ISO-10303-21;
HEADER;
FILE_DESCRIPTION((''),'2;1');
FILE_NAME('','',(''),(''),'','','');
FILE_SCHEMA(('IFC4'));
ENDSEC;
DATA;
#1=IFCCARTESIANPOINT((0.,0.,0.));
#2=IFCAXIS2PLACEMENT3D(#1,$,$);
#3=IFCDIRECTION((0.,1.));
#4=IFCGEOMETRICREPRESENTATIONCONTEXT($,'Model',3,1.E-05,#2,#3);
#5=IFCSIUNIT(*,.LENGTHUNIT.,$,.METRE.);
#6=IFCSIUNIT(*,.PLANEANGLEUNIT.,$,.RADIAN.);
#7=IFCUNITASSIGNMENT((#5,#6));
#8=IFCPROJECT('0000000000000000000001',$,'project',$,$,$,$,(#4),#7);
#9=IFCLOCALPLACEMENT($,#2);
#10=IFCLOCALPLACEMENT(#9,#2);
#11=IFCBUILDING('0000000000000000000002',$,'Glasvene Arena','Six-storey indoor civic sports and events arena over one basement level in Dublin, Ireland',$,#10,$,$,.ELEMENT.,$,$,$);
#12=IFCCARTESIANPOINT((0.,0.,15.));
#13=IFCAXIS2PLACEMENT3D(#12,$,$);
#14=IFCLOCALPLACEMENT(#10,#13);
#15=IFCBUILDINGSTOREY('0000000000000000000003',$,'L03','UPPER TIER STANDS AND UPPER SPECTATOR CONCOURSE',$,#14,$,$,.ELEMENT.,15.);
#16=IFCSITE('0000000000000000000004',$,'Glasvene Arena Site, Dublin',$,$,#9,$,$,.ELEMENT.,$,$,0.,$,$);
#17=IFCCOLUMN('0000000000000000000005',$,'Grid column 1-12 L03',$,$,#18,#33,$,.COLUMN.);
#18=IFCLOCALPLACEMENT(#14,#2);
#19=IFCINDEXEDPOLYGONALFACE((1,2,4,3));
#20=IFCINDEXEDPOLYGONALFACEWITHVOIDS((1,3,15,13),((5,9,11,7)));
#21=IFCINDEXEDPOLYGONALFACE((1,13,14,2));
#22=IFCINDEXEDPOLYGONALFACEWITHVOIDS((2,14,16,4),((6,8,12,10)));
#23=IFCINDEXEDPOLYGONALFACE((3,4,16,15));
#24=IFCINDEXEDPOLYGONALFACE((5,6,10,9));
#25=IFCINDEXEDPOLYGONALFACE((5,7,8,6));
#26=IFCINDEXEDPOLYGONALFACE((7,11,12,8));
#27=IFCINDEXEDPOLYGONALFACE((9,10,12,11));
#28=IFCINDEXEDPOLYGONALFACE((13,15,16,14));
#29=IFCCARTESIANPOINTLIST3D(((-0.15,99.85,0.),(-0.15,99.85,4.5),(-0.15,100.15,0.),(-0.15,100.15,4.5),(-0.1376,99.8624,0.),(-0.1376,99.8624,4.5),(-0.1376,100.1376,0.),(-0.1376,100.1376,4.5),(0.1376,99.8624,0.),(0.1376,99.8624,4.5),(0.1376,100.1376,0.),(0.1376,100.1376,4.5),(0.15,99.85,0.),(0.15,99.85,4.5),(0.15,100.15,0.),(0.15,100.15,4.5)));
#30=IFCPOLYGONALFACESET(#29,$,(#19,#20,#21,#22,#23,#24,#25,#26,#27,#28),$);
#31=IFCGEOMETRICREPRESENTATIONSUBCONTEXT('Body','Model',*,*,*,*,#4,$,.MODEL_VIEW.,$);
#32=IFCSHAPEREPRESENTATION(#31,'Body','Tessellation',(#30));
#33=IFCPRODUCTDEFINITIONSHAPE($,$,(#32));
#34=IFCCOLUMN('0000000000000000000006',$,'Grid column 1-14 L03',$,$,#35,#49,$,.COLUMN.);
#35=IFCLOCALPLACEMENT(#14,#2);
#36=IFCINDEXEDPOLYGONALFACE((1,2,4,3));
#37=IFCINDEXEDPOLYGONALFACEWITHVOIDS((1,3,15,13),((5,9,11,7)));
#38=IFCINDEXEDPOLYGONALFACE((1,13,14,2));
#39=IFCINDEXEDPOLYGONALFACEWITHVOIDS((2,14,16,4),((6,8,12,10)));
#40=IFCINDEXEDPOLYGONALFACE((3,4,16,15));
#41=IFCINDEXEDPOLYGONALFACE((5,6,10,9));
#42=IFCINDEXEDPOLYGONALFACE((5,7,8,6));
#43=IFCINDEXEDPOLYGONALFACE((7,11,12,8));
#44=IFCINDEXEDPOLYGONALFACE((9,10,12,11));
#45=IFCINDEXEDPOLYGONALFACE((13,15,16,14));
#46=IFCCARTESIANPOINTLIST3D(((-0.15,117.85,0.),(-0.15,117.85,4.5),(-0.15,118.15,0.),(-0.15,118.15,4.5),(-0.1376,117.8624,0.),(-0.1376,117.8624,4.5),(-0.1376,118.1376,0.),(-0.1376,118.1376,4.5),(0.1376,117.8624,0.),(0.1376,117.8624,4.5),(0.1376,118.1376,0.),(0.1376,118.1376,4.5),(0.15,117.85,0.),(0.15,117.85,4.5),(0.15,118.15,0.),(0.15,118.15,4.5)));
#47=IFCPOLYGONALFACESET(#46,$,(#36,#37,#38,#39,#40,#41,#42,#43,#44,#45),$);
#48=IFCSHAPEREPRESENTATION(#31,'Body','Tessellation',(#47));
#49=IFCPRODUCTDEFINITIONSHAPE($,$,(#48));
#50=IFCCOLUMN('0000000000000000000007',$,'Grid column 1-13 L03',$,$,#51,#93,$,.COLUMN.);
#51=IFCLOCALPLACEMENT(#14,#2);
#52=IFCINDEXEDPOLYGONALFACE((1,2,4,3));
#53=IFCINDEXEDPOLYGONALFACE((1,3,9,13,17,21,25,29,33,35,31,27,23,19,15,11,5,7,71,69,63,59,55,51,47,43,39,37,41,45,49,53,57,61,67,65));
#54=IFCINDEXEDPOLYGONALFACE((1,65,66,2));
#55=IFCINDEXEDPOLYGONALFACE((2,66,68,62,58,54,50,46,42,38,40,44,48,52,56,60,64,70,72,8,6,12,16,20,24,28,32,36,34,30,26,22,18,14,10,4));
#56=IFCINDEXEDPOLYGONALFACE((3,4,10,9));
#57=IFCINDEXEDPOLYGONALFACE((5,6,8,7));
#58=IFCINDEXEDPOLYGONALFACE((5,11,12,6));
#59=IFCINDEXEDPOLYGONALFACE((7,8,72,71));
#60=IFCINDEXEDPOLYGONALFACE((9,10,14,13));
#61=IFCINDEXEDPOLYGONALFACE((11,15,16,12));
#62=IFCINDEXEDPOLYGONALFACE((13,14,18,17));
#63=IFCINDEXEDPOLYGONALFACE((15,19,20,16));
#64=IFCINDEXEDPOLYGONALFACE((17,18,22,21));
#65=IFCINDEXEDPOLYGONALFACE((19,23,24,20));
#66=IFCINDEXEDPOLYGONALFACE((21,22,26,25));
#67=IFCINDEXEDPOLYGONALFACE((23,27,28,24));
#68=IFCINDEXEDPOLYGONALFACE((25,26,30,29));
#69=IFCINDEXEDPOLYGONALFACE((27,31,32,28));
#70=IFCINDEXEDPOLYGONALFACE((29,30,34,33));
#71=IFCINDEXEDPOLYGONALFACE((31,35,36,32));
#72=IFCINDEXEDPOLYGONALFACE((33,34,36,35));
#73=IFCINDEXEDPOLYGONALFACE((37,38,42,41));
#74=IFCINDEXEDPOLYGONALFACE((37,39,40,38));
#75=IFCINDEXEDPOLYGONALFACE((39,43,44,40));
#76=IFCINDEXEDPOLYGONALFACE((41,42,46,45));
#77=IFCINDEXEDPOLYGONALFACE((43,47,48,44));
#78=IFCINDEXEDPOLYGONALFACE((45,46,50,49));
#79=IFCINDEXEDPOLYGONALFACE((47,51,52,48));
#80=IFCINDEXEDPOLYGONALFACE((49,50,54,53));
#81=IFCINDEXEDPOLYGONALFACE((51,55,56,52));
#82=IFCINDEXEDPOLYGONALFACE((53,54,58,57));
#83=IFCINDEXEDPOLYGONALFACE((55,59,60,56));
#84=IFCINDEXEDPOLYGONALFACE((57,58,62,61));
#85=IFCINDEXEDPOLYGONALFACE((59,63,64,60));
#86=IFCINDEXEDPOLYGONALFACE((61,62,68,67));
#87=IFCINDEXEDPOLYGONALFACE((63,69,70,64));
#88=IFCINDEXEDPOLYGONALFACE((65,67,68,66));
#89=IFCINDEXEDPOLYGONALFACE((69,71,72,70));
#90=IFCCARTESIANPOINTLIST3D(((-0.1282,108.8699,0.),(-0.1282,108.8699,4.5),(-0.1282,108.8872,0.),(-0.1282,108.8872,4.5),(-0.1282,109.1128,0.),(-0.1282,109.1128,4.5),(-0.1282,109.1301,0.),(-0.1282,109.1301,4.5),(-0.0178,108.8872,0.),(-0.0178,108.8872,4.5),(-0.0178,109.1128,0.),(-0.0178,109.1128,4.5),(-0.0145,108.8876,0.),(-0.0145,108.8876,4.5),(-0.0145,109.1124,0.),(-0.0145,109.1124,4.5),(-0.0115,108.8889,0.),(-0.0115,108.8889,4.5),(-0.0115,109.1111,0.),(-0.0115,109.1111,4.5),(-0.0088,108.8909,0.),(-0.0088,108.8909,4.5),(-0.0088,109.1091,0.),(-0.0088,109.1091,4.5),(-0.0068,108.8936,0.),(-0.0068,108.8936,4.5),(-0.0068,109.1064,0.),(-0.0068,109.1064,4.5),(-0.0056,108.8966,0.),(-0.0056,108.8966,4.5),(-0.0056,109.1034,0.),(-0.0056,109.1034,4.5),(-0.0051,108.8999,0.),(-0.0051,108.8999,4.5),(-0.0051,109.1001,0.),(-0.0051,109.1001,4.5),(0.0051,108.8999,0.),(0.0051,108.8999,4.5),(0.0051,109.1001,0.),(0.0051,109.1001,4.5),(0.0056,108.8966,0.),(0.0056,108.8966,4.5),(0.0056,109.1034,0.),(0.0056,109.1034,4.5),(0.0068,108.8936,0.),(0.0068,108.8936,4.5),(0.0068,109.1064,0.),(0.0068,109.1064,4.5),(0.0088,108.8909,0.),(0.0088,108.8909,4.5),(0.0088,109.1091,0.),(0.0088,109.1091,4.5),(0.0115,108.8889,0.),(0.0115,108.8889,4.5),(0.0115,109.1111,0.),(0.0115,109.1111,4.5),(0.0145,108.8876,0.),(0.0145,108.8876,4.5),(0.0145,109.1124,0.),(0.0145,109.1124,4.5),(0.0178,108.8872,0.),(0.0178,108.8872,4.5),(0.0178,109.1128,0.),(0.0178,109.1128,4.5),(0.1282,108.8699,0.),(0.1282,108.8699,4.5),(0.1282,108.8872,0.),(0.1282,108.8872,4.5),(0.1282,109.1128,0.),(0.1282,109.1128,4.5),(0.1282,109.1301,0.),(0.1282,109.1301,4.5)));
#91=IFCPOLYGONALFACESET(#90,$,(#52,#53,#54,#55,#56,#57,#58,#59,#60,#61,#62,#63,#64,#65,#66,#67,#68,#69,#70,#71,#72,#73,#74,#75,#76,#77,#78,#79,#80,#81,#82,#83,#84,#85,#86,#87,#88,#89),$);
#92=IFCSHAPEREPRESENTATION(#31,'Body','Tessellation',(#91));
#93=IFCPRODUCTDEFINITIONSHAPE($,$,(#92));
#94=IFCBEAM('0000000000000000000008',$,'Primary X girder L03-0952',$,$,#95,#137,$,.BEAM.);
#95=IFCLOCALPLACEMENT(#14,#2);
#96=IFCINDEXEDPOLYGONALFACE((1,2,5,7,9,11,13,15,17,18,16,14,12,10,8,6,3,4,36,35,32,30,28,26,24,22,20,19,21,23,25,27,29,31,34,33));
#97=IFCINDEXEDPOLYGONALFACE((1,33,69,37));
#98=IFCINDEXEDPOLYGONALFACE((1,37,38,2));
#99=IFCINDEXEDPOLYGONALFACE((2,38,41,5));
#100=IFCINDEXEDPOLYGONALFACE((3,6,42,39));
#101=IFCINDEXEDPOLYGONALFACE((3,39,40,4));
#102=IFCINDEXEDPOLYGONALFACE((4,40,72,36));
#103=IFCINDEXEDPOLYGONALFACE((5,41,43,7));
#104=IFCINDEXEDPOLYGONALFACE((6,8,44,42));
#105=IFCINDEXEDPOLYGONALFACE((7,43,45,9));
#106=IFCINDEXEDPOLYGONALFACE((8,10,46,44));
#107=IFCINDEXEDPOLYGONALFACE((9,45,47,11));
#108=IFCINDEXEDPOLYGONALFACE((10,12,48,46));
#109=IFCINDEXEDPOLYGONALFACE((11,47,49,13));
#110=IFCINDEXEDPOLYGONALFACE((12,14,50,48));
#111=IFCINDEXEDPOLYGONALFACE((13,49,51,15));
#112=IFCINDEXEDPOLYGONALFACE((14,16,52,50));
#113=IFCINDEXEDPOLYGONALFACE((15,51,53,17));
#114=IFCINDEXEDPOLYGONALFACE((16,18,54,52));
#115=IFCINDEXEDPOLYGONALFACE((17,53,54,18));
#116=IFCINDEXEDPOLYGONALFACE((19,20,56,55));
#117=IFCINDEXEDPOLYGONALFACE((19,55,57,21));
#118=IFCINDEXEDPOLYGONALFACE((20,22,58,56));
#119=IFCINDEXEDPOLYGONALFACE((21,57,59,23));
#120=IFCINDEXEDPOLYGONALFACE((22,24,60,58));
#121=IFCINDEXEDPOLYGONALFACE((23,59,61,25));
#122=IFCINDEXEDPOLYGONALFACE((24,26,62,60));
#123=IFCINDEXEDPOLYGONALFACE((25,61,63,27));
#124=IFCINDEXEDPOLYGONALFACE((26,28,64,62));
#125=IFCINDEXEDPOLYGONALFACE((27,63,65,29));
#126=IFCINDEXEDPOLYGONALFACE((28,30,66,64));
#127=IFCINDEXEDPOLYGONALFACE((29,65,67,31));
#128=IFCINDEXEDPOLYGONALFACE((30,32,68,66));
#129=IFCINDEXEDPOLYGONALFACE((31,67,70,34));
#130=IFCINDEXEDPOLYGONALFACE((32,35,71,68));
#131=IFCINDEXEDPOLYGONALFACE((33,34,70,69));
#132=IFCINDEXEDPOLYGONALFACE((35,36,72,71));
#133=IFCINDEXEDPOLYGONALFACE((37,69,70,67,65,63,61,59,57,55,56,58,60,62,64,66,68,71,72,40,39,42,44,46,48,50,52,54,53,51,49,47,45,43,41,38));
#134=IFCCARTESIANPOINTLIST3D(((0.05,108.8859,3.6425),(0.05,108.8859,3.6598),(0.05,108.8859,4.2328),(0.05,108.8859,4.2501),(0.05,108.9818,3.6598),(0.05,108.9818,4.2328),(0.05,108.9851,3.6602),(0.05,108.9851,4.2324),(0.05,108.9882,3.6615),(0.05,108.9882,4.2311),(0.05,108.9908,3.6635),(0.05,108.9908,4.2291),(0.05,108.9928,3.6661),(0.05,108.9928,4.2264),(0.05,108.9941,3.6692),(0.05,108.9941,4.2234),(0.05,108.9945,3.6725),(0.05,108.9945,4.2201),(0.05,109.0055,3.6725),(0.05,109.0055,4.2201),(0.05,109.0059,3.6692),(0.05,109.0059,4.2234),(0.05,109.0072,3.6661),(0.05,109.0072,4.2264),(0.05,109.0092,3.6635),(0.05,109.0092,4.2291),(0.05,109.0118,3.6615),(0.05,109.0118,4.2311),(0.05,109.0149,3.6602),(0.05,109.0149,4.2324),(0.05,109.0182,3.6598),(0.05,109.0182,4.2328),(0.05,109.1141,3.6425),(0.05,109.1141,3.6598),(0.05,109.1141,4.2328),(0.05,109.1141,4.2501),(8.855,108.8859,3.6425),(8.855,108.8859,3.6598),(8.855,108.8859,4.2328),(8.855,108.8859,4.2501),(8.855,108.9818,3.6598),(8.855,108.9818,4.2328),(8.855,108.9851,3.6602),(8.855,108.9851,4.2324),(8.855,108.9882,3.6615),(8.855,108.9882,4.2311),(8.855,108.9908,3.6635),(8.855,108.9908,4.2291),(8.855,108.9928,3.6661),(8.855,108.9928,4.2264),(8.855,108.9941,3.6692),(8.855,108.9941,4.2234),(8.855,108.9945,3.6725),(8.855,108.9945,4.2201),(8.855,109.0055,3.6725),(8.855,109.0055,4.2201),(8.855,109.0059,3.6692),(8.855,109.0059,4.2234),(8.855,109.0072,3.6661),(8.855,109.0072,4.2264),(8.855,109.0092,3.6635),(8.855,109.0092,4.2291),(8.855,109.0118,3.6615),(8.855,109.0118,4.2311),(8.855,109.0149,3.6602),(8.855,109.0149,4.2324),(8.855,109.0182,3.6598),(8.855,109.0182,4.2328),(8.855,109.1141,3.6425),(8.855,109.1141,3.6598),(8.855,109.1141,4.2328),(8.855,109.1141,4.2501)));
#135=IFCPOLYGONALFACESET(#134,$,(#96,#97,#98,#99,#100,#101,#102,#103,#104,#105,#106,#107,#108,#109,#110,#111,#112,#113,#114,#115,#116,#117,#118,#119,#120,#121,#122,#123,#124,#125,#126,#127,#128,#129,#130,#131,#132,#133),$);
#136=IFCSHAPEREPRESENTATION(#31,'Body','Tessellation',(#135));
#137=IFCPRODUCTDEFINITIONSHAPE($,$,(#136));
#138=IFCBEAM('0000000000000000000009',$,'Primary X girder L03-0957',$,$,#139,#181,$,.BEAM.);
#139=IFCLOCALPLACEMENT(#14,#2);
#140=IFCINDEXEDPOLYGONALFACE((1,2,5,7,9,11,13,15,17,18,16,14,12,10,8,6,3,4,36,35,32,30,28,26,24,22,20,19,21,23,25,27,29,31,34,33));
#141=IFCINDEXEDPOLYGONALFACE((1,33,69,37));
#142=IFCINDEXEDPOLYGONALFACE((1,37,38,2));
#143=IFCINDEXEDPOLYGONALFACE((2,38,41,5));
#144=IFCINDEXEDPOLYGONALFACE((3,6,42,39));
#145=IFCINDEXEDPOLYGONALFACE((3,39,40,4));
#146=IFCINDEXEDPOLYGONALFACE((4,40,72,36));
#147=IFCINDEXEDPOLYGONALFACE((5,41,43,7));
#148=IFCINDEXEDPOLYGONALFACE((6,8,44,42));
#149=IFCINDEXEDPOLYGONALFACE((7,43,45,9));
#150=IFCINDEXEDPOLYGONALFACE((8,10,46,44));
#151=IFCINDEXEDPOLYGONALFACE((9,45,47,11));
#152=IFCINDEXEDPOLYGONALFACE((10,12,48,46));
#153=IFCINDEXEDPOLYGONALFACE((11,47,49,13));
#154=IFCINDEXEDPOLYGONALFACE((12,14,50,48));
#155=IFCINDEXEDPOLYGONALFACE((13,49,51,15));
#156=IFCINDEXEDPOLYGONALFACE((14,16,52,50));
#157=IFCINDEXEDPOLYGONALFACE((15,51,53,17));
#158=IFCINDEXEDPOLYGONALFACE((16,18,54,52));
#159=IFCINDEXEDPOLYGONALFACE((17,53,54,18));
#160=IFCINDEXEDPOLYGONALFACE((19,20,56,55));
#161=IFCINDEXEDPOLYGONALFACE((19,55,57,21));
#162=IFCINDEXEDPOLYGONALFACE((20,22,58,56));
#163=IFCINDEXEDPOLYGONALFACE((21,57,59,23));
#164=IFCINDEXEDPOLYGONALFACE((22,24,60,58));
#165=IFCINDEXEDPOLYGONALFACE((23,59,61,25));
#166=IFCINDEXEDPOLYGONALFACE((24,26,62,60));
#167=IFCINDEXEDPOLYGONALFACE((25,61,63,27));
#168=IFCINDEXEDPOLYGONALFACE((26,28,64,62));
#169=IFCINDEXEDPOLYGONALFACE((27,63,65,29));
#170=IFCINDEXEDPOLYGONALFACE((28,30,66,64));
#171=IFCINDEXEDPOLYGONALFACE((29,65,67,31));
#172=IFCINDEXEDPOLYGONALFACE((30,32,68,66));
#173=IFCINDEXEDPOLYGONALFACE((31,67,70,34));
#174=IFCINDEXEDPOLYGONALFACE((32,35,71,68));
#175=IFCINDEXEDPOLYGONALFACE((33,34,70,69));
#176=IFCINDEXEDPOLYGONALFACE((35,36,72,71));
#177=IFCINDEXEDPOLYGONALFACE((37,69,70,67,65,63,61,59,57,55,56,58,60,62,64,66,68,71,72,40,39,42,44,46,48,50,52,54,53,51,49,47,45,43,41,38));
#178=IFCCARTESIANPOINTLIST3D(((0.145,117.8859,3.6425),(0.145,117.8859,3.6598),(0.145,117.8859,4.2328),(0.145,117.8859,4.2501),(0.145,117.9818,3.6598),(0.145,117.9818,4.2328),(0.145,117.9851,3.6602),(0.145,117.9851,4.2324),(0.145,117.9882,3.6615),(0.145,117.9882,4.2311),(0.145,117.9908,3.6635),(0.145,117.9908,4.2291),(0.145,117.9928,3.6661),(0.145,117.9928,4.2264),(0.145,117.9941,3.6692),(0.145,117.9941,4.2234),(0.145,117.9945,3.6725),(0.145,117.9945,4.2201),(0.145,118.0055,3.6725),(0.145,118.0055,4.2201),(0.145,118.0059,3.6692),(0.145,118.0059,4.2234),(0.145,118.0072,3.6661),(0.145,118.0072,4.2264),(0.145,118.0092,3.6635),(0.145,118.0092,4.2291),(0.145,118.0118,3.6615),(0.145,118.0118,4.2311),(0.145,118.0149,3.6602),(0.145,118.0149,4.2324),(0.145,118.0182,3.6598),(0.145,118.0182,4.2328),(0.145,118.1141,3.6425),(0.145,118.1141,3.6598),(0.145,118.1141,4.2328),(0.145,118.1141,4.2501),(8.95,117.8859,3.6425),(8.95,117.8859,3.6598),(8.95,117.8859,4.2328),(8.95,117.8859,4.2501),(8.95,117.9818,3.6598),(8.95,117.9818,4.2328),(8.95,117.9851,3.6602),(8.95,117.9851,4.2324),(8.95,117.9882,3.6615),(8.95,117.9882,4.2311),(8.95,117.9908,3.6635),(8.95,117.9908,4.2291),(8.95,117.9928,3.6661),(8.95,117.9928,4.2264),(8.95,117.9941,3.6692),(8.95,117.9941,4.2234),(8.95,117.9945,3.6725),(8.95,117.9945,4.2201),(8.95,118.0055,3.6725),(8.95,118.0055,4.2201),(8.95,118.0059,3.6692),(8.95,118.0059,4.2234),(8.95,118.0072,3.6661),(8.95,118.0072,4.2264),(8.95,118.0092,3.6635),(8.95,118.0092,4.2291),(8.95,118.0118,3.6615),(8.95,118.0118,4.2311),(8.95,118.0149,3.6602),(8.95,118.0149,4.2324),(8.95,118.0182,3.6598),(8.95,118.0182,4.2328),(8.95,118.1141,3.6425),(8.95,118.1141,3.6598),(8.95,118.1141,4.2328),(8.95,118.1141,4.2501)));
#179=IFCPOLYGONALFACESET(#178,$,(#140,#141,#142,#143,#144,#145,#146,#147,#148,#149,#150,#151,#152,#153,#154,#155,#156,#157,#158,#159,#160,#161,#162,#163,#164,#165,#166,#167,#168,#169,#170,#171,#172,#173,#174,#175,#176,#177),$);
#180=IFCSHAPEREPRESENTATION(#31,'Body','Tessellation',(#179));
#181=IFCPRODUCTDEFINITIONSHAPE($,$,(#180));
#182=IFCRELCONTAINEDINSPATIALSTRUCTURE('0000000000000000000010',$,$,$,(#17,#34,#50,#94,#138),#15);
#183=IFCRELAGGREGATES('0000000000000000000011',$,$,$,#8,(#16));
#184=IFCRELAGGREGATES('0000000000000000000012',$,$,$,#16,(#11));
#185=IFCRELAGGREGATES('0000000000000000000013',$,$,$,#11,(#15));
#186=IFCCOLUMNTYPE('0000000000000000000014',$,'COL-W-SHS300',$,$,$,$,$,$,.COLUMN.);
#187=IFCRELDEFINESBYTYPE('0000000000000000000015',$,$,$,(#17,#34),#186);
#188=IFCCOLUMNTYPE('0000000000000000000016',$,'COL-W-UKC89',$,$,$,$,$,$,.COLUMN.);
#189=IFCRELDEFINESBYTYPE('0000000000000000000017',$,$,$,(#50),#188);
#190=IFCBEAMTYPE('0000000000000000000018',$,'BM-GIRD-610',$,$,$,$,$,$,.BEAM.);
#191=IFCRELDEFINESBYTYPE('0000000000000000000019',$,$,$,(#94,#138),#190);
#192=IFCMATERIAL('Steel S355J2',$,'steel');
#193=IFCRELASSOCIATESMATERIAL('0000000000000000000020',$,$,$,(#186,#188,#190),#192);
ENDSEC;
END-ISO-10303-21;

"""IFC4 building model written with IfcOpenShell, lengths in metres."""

from ifc_helpers import new_model, si_unit, direction, frame, origin, origin_2d, place, context, subcontext, project, spatial, hollow_rectangle, i_section, extrude, material, material_profile, profile_set, type_object, element, save


model = new_model("IFC4")

# Units and contexts
model_context = context("Model", 3, precision=1e-05, world=origin(), true_north=direction((0.0, 1.0)))
body_context = subcontext(model_context, "Body", "Model", "MODEL_VIEW")
ifc_project = project(units=[si_unit("LENGTHUNIT", "METRE"), si_unit("PLANEANGLEUNIT", "RADIAN")], contexts=[model_context])

# Site, building, storey
site_placement = place(None, origin())
site = spatial("IfcSite", under=ifc_project, at=site_placement, Name="Glasvene Arena Site, Dublin", CompositionType="ELEMENT", RefElevation=0.0)
building_placement = place(site_placement, origin())
building = spatial("IfcBuilding", under=site, at=building_placement, Name="Glasvene Arena", Description="Six-storey indoor civic sports and events arena over one basement level in Dublin, Ireland", CompositionType="ELEMENT")
storey_placement = place(building_placement, frame((0.0, 0.0, 15.0)))
storey = spatial("IfcBuildingStorey", under=building, at=storey_placement, Name="L03", Description="UPPER TIER STANDS AND UPPER SPECTATOR CONCOURSE", CompositionType="ELEMENT", Elevation=15.0)

# Columns
ifc_material_1 = material(Name="Steel S355J2", Category="steel")
ifc_material_profile_1 = material_profile(ifc_material_1, hollow_rectangle(XDim=0.3, YDim=0.3, WallThickness=0.0125, at=origin_2d()), Name="SHS 300x300x12.5")
ifc_profile_set_1 = profile_set([ifc_material_profile_1], Name="Steel S355J2")
column_type_1 = type_object("IfcColumnType", Name="COL-W-SHS300", PredefinedType="COLUMN", material=ifc_profile_set_1)
for number, where, z_axis, x_axis, name in (
    (1, (0.0, 100.0, 0.0), (0.0, 0.0, 1.0), (1.0, 0.0, 0.0), "Grid column 1-12 L03"),
    (2, (0.0, 118.0, 0.0), (0.0, 0.0, 1.0), (1.0, 0.0, 0.0), "Grid column 1-14 L03"),
):
    element("IfcColumn", number, at=place(storey_placement, frame(where, z_axis=z_axis, x_axis=x_axis)), inside=storey, type_object=column_type_1, Name=name, PredefinedType="COLUMN", context=body_context, shape_type="SweptSolid", body=[
        extrude(hollow_rectangle(XDim=0.3, YDim=0.3, WallThickness=0.0125, at=origin_2d()), origin(), (0.0, 0.0, 1.0), 4.5),
    ])
ifc_material_profile_2 = material_profile(ifc_material_1, i_section(OverallWidth=0.2563, OverallDepth=0.2603, WebThickness=0.0103, FlangeThickness=0.0173, FilletRadius=0.0127, at=origin_2d()), Name="UKC 254x254x89")
ifc_profile_set_2 = profile_set([ifc_material_profile_2], Name="Steel S355J2")
column_type_2 = type_object("IfcColumnType", Name="COL-W-UKC89", PredefinedType="COLUMN", material=ifc_profile_set_2)
column_placement = place(storey_placement, frame((0.0, 109.0, 0.0), z_axis=(0.0, 0.0, 1.0), x_axis=(1.0, 0.0, 0.0)))
element("IfcColumn", 3, at=column_placement, inside=storey, type_object=column_type_2, Name="Grid column 1-13 L03", PredefinedType="COLUMN", context=body_context, shape_type="SweptSolid", body=[
    extrude(i_section(OverallWidth=0.2563, OverallDepth=0.2603, WebThickness=0.0103, FlangeThickness=0.0173, FilletRadius=0.0127, at=origin_2d()), origin(), (0.0, 0.0, 1.0), 4.5),
])

# Beams
ifc_material_profile_3 = material_profile(ifc_material_1, i_section(OverallWidth=0.2283, OverallDepth=0.6077, WebThickness=0.011, FlangeThickness=0.0173, FilletRadius=0.0127, at=origin_2d()), Name="UKB 610x229x113")
ifc_profile_set_3 = profile_set([ifc_material_profile_3], Name="Steel S355J2")
beam_type_1 = type_object("IfcBeamType", Name="BM-GIRD-610", PredefinedType="BEAM", material=ifc_profile_set_3)
for number, where, z_axis, x_axis, name in (
    (4, (0.05, 109.0, 3.9463), (1.0, 0.0, 0.0), (0.0, 1.0, 0.0), "Primary X girder L03-0952"),
    (5, (0.145, 118.0, 3.9463), (1.0, 0.0, 0.0), (0.0, 1.0, 0.0), "Primary X girder L03-0957"),
):
    element("IfcBeam", number, at=place(storey_placement, frame(where, z_axis=z_axis, x_axis=x_axis)), inside=storey, type_object=beam_type_1, Name=name, PredefinedType="BEAM", context=body_context, shape_type="SweptSolid", body=[
        extrude(i_section(OverallWidth=0.2283, OverallDepth=0.6077, WebThickness=0.011, FlangeThickness=0.0173, FilletRadius=0.0127, at=origin_2d()), origin(), (0.0, 0.0, 1.0), 8.8049),
    ])

save(model, "model.ifc")
